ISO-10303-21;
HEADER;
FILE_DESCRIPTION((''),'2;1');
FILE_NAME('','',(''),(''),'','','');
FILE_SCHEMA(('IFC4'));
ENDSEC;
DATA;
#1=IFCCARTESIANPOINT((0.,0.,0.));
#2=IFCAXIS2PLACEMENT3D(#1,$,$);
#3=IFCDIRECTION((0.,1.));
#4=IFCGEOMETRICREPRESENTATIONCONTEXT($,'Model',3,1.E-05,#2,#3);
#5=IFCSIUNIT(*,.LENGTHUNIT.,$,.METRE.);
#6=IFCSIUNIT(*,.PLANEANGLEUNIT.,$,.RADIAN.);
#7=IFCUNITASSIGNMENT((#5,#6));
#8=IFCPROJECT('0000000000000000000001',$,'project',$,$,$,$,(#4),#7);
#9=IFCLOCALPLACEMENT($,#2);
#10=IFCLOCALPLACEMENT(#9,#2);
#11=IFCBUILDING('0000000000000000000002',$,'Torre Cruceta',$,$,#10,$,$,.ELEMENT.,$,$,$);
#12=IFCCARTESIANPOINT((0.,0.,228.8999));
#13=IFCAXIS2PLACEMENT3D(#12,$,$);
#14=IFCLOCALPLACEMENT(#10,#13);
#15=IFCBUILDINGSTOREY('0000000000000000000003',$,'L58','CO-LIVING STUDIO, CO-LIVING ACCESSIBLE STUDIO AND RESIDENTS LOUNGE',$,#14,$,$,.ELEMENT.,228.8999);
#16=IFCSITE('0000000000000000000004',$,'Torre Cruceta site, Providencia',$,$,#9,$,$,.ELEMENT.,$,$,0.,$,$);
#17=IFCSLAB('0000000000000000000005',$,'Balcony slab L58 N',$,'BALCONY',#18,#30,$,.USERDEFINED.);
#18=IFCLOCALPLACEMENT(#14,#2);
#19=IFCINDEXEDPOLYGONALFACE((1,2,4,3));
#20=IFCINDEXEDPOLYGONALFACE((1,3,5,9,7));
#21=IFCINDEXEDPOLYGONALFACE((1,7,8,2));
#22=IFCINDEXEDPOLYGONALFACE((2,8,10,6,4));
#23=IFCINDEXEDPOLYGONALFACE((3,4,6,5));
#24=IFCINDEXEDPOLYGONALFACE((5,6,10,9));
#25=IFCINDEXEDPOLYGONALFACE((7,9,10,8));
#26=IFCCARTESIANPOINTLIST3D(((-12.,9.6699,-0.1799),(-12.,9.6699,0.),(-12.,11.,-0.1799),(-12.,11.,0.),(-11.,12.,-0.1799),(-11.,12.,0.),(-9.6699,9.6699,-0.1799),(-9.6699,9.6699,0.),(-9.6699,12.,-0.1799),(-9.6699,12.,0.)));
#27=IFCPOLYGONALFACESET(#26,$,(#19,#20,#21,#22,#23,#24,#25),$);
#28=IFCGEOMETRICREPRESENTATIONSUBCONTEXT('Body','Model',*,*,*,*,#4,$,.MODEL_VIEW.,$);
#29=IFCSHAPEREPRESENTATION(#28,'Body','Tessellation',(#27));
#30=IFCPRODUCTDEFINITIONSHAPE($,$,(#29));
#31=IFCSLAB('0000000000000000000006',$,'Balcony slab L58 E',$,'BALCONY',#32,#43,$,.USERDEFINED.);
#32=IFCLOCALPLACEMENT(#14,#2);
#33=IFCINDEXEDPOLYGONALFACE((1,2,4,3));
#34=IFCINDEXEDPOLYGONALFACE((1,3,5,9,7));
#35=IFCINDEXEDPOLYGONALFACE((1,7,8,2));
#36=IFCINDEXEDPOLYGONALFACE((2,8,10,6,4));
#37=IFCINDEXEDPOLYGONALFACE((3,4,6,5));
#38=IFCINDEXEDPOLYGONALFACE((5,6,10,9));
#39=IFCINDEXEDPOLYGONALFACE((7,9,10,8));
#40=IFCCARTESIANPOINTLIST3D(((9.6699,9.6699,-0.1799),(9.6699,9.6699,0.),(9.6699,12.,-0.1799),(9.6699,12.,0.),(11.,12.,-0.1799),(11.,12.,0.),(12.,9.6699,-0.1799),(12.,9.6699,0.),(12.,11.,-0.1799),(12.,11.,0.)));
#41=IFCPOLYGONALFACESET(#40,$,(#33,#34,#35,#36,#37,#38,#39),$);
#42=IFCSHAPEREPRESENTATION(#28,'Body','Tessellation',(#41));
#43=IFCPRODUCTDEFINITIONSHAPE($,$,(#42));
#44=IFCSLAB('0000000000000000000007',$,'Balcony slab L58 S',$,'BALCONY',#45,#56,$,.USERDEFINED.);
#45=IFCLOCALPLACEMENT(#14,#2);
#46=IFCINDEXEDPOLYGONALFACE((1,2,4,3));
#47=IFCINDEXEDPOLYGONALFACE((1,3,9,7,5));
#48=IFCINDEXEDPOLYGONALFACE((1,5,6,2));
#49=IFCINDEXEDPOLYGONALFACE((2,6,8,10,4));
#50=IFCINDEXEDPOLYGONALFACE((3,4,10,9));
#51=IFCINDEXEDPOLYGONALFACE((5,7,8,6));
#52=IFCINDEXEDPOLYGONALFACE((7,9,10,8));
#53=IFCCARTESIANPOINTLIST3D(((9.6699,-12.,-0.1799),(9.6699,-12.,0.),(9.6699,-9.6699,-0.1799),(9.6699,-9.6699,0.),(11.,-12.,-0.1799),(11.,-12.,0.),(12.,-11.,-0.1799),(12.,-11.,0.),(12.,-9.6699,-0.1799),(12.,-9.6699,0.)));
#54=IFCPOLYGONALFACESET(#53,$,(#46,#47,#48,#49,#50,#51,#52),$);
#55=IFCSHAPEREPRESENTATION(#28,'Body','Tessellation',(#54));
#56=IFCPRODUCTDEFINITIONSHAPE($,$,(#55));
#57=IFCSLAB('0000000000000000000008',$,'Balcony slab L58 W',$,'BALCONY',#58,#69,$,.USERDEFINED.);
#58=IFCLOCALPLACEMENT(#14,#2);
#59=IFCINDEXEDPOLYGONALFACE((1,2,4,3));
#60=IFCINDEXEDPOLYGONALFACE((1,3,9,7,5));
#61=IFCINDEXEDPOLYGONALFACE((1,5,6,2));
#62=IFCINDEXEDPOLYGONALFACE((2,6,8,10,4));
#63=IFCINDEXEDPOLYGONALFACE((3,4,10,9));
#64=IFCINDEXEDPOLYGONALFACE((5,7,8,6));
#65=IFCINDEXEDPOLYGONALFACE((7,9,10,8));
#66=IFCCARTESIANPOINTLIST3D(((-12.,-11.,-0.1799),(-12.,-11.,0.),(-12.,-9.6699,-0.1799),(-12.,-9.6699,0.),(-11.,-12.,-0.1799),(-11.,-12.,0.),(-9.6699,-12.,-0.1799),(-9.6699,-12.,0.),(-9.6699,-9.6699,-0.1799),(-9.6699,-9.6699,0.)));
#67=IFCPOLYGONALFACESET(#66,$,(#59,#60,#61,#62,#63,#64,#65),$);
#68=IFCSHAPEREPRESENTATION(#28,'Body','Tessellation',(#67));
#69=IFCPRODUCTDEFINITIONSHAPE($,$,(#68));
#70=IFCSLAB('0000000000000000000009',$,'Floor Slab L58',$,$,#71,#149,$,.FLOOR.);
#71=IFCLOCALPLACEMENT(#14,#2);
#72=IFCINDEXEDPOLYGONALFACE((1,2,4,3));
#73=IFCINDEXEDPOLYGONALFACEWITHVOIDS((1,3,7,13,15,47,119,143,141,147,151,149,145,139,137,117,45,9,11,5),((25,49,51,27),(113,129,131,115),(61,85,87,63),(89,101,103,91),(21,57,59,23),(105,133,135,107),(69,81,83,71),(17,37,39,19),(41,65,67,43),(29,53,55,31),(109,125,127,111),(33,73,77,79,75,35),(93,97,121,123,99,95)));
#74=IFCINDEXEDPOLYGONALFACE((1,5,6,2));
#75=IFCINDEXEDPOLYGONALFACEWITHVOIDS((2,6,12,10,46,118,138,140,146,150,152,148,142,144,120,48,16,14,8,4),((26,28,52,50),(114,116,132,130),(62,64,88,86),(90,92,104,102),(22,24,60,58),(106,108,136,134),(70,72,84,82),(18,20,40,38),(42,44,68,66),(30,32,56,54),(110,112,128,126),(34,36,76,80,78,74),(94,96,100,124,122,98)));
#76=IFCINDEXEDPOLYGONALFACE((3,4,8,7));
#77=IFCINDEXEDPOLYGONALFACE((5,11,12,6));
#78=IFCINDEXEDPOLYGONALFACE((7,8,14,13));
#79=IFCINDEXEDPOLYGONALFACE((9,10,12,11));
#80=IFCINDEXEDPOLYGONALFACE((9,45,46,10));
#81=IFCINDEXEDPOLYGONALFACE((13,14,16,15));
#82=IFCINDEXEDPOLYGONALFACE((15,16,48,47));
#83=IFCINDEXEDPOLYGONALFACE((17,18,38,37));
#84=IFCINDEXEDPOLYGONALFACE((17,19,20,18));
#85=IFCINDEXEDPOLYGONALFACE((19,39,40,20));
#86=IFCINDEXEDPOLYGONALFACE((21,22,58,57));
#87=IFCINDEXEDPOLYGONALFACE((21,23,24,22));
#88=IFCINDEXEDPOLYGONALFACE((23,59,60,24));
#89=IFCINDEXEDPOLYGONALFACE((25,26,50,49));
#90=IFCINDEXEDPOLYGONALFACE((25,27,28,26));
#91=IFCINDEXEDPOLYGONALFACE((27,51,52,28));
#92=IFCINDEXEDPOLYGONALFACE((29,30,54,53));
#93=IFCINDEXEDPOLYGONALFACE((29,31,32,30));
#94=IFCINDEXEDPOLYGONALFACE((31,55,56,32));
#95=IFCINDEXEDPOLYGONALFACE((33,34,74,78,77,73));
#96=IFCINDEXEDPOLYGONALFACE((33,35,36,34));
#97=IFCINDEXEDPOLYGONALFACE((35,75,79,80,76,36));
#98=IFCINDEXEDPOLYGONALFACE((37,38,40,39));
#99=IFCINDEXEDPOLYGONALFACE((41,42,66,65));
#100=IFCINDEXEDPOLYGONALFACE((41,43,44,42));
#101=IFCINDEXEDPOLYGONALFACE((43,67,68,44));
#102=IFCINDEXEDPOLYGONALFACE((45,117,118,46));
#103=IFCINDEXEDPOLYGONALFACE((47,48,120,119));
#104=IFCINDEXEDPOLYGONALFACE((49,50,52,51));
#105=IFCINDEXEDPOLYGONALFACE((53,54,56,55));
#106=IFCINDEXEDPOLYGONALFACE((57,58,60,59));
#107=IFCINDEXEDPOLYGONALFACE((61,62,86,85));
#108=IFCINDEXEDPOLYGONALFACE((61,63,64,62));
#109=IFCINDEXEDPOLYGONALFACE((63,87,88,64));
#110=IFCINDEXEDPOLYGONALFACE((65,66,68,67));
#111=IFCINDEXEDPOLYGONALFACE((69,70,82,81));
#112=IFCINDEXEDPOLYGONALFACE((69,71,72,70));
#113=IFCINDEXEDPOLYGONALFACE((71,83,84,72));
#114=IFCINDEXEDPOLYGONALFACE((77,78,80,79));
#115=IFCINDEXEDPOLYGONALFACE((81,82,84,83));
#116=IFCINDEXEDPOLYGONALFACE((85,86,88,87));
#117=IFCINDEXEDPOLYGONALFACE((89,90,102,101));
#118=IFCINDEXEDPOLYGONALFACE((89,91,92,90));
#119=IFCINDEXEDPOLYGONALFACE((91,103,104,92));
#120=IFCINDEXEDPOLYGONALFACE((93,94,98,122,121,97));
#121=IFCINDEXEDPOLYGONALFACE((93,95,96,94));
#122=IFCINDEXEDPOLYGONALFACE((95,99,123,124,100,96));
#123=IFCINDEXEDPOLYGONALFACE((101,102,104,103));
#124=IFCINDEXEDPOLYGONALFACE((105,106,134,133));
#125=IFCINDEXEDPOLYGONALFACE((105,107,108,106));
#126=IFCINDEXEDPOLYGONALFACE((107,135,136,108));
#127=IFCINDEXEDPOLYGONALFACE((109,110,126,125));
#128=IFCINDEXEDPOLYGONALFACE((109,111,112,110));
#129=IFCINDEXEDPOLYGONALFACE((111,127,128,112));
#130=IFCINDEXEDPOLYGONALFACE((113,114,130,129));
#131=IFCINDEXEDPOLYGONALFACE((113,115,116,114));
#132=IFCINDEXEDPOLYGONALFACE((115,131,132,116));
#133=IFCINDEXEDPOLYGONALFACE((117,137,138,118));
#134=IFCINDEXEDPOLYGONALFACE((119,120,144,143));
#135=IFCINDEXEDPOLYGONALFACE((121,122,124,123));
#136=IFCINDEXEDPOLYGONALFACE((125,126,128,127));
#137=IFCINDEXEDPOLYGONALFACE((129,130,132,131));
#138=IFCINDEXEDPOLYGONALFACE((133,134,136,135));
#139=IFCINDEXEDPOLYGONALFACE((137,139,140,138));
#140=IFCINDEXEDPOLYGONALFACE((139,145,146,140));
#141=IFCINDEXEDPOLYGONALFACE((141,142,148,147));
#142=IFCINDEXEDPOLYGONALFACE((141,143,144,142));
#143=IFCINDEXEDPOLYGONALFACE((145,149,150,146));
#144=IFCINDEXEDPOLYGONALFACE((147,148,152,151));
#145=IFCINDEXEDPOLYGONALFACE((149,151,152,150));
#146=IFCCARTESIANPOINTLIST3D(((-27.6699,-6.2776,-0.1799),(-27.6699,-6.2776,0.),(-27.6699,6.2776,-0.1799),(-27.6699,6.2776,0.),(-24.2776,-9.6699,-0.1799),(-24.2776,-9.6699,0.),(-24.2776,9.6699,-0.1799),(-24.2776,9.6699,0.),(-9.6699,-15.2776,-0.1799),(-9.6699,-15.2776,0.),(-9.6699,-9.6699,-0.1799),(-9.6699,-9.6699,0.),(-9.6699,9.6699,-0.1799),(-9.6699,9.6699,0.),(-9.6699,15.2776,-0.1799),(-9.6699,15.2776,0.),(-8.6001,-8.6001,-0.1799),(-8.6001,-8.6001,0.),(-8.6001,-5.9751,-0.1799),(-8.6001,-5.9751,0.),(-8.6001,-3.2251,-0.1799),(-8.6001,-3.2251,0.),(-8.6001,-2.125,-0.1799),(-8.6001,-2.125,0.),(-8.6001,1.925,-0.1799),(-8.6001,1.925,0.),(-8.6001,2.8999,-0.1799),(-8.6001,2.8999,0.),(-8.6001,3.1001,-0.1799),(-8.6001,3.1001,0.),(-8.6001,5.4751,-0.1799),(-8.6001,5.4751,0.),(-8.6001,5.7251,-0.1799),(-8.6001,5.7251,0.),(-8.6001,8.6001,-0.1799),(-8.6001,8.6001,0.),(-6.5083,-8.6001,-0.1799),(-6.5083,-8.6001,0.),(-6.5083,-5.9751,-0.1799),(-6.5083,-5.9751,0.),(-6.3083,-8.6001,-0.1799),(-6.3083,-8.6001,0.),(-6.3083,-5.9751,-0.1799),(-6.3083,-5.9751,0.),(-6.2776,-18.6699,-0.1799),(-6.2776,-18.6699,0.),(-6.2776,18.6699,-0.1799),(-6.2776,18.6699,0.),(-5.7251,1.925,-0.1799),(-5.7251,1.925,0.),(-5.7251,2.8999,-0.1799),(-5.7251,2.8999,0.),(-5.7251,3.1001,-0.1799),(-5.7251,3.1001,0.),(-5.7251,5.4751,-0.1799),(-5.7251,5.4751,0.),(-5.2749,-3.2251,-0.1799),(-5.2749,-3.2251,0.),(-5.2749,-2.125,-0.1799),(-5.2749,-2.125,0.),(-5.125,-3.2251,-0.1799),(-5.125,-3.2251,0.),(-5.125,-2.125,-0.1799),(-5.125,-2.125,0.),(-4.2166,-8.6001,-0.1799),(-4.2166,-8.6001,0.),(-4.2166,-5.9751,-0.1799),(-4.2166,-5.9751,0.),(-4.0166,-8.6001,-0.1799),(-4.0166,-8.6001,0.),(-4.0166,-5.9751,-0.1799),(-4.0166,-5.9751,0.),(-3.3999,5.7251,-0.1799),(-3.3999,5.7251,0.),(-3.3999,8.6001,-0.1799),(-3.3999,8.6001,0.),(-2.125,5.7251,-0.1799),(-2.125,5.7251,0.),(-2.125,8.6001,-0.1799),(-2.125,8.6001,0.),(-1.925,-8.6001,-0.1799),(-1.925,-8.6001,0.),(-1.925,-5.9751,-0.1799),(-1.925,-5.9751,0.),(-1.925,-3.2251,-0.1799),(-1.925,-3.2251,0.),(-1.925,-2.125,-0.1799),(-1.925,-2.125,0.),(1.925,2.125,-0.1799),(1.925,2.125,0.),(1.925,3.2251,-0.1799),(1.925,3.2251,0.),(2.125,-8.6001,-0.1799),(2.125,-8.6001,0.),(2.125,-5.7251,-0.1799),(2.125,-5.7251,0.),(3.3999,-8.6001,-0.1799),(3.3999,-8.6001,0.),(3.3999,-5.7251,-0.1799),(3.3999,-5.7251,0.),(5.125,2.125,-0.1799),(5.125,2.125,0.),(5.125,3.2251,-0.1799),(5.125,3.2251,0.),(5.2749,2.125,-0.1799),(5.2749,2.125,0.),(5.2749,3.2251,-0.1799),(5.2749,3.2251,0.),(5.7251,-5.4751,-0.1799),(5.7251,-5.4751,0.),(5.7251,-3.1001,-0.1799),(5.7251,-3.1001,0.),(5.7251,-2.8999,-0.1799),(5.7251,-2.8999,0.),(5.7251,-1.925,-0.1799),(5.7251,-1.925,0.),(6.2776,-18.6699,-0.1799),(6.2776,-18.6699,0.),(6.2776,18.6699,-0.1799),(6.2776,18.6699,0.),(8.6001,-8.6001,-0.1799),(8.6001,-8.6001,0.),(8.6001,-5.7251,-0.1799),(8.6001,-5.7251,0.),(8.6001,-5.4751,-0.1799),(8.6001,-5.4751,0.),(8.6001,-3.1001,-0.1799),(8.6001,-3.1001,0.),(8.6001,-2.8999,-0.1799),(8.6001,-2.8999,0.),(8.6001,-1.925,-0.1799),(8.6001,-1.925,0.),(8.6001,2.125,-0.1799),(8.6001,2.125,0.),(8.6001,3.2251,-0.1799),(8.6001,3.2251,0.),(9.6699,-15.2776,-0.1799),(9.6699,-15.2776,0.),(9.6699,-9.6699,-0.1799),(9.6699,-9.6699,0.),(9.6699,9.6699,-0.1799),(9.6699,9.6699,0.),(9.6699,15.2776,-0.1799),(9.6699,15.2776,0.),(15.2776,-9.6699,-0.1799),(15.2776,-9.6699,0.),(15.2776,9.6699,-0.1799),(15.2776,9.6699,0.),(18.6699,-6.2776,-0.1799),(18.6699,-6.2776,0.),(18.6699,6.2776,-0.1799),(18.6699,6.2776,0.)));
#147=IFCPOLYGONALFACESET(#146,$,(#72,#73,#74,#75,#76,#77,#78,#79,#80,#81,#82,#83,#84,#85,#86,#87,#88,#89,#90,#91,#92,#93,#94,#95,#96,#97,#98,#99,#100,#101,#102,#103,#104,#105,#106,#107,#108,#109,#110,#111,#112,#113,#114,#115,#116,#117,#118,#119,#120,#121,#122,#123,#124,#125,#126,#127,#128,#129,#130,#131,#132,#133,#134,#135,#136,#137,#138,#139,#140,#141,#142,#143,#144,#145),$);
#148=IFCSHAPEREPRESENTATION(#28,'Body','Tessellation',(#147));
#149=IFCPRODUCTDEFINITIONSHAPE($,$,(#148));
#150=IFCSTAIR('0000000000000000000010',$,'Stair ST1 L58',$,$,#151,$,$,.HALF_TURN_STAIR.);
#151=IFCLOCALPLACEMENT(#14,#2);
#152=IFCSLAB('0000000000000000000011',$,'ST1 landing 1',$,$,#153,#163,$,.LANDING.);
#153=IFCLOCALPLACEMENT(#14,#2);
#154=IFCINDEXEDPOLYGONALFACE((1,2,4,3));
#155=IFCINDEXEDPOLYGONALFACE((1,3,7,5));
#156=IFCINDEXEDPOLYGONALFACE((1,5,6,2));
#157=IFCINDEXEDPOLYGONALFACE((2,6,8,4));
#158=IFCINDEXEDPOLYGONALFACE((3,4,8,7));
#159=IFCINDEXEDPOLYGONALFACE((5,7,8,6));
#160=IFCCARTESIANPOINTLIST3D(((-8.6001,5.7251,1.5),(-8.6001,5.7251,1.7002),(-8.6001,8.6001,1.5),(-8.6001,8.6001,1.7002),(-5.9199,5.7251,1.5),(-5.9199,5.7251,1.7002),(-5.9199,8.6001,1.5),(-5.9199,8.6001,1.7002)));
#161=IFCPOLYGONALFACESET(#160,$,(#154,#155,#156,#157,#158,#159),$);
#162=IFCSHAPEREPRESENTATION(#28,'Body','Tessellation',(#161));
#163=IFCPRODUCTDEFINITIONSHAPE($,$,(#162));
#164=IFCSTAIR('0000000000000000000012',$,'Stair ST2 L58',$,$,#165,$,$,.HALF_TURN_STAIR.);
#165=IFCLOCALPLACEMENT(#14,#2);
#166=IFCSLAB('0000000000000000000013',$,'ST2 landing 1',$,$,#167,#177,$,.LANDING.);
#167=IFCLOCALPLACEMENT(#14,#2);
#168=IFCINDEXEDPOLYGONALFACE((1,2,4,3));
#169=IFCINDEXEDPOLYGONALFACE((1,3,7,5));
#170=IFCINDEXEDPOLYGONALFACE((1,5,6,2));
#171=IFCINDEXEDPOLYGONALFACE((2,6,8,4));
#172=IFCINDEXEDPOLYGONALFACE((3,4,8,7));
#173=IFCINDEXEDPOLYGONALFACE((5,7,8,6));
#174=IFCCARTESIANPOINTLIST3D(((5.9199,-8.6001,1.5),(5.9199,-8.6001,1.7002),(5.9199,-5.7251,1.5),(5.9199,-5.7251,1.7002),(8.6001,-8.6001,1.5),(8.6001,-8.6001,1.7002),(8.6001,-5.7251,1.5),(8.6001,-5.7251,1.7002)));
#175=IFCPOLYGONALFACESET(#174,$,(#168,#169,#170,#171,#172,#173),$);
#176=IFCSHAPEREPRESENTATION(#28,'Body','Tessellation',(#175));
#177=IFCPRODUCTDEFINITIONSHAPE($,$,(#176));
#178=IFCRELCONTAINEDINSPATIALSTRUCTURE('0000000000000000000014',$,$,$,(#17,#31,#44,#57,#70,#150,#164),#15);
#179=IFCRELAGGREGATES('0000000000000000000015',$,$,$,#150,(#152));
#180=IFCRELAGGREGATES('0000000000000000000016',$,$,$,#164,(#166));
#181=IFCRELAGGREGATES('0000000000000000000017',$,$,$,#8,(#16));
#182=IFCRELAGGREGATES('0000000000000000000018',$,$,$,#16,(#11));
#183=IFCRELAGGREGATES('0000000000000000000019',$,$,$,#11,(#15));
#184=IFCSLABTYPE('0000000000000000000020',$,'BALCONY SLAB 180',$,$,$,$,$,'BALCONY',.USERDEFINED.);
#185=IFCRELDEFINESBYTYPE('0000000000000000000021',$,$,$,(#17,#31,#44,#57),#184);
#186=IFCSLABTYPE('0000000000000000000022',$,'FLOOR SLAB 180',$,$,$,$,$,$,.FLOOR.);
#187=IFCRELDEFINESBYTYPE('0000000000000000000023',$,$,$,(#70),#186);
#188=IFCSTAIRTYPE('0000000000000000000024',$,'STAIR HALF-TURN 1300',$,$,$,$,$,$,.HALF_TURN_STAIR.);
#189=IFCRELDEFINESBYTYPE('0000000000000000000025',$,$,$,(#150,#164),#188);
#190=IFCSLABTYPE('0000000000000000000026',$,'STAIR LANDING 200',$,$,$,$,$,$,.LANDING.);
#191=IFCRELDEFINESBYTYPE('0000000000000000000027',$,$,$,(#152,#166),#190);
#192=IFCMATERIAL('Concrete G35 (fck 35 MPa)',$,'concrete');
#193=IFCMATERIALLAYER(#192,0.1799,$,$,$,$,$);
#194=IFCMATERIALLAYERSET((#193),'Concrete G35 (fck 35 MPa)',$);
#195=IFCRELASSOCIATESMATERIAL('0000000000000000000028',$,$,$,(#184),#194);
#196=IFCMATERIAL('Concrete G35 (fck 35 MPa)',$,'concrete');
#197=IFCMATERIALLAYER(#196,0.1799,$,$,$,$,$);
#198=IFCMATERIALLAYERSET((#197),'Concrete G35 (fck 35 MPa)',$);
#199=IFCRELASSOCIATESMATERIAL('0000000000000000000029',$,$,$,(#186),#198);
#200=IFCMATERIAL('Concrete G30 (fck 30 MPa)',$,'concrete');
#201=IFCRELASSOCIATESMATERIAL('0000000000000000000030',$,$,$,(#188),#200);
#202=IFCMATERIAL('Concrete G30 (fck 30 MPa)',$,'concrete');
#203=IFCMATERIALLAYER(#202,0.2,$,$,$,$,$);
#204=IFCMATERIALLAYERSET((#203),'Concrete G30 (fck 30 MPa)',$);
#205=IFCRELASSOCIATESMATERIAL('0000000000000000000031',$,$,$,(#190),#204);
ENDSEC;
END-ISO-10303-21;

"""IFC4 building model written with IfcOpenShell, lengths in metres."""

from ifc_helpers import new_model, si_unit, direction, frame, origin, place, context, subcontext, project, spatial, polyline, outline, extrude, material, layer, layer_set, type_object, element, aggregate, save


model = new_model("IFC4")

# Units and contexts
model_context = context("Model", 3, precision=1e-05, world=origin(), true_north=direction((0.0, 1.0)))
body_context = subcontext(model_context, "Body", "Model", "MODEL_VIEW")
ifc_project = project(units=[si_unit("LENGTHUNIT", "METRE"), si_unit("PLANEANGLEUNIT", "RADIAN")], contexts=[model_context])

# Site, building, storey
site_placement = place(None, origin())
site = spatial("IfcSite", under=ifc_project, at=site_placement, Name="Torre Cruceta site, Providencia", CompositionType="ELEMENT", RefElevation=0.0)
building_placement = place(site_placement, origin())
building = spatial("IfcBuilding", under=site, at=building_placement, Name="Torre Cruceta", CompositionType="ELEMENT")
storey_placement = place(building_placement, frame((0.0, 0.0, 228.8999)))
storey = spatial("IfcBuildingStorey", under=building, at=storey_placement, Name="L58", Description="CO-LIVING STUDIO, CO-LIVING ACCESSIBLE STUDIO AND RESIDENTS LOUNGE", CompositionType="ELEMENT", Elevation=228.8999)

# Slabs
ifc_material_1 = material(Name="Concrete G35 (fck 35 MPa)", Category="concrete")
ifc_layer_1 = layer(ifc_material_1, 0.1799)
ifc_layer_set_1 = layer_set([ifc_layer_1], Name="Concrete G35 (fck 35 MPa)")
slab_type_1 = type_object("IfcSlabType", Name="BALCONY SLAB 180", ElementType="BALCONY", PredefinedType="USERDEFINED", material=ifc_layer_set_1)
slab_1_placement = place(storey_placement, frame((0.0, 0.0, -0.1799)))
element("IfcSlab", 1, at=slab_1_placement, inside=storey, type_object=slab_type_1, Name="Balcony slab L58 N", ObjectType="BALCONY", PredefinedType="USERDEFINED", context=body_context, shape_type="SweptSolid", body=[
    extrude(outline(polyline([(-12.0, 11.0), (-11.0, 12.0), (-9.6699, 12.0), (-9.6699, 9.6699), (-12.0, 9.6699), (-12.0, 11.0)])), origin(), (0.0, 0.0, 1.0), 0.1799),
])
slab_2_placement = place(storey_placement, frame((0.0, 0.0, -0.1799)))
element("IfcSlab", 2, at=slab_2_placement, inside=storey, type_object=slab_type_1, Name="Balcony slab L58 E", ObjectType="BALCONY", PredefinedType="USERDEFINED", context=body_context, shape_type="SweptSolid", body=[
    extrude(outline(polyline([(11.0, 12.0), (12.0, 11.0), (12.0, 9.6699), (9.6699, 9.6699), (9.6699, 12.0), (11.0, 12.0)])), origin(), (0.0, 0.0, 1.0), 0.1799),
])
slab_3_placement = place(storey_placement, frame((0.0, 0.0, -0.1799)))
element("IfcSlab", 3, at=slab_3_placement, inside=storey, type_object=slab_type_1, Name="Balcony slab L58 S", ObjectType="BALCONY", PredefinedType="USERDEFINED", context=body_context, shape_type="SweptSolid", body=[
    extrude(outline(polyline([(12.0, -11.0), (11.0, -12.0), (9.6699, -12.0), (9.6699, -9.6699), (12.0, -9.6699), (12.0, -11.0)])), origin(), (0.0, 0.0, 1.0), 0.1799),
])
slab_4_placement = place(storey_placement, frame((0.0, 0.0, -0.1799)))
element("IfcSlab", 4, at=slab_4_placement, inside=storey, type_object=slab_type_1, Name="Balcony slab L58 W", ObjectType="BALCONY", PredefinedType="USERDEFINED", context=body_context, shape_type="SweptSolid", body=[
    extrude(outline(polyline([(-11.0, -12.0), (-12.0, -11.0), (-12.0, -9.6699), (-9.6699, -9.6699), (-9.6699, -12.0), (-11.0, -12.0)])), origin(), (0.0, 0.0, 1.0), 0.1799),
])
ifc_material_2 = material(Name="Concrete G35 (fck 35 MPa)", Category="concrete")
ifc_layer_2 = layer(ifc_material_2, 0.1799)
ifc_layer_set_2 = layer_set([ifc_layer_2], Name="Concrete G35 (fck 35 MPa)")
slab_type_2 = type_object("IfcSlabType", Name="FLOOR SLAB 180", PredefinedType="FLOOR", material=ifc_layer_set_2)
slab_5_placement = place(storey_placement, frame((0.0, 0.0, -0.1799)))
element("IfcSlab", 5, at=slab_5_placement, inside=storey, type_object=slab_type_2, Name="Floor Slab L58", PredefinedType="FLOOR", context=body_context, shape_type="SweptSolid", body=[
    extrude(outline(polyline([(9.6699, -9.6699), (9.6699, -15.2776), (6.2776, -18.6699), (-6.2776, -18.6699), (-9.6699, -15.2776), (-9.6699, -9.6699), (-24.2776, -9.6699), (-27.6699, -6.2776), (-27.6699, 6.2776), (-24.2776, 9.6699), (-9.6699, 9.6699), (-9.6699, 15.2776), (-6.2776, 18.6699), (6.2776, 18.6699), (9.6699, 15.2776), (9.6699, 9.6699), (15.2776, 9.6699), (18.6699, 6.2776), (18.6699, -6.2776), (15.2776, -9.6699), (9.6699, -9.6699)]), holes=[polyline([(1.925, 2.125), (5.125, 2.125), (5.125, 3.2251), (1.925, 3.2251), (1.925, 2.125)]), polyline([(5.2749, 2.125), (8.6001, 2.125), (8.6001, 3.2251), (5.2749, 3.2251), (5.2749, 2.125)]), polyline([(-8.6001, 3.1001), (-5.7251, 3.1001), (-5.7251, 5.4751), (-8.6001, 5.4751), (-8.6001, 3.1001)]), polyline([(-8.6001, 1.925), (-5.7251, 1.925), (-5.7251, 2.8999), (-8.6001, 2.8999), (-8.6001, 1.925)]), polyline([(-4.0166, -8.6001), (-1.925, -8.6001), (-1.925, -5.9751), (-4.0166, -5.9751), (-4.0166, -8.6001)]), polyline([(-6.3083, -8.6001), (-4.2166, -8.6001), (-4.2166, -5.9751), (-6.3083, -5.9751), (-6.3083, -8.6001)]), polyline([(-8.6001, -8.6001), (-6.5083, -8.6001), (-6.5083, -5.9751), (-8.6001, -5.9751), (-8.6001, -8.6001)]), polyline([(-5.125, -3.2251), (-1.925, -3.2251), (-1.925, -2.125), (-5.125, -2.125), (-5.125, -3.2251)]), polyline([(-8.6001, -3.2251), (-5.2749, -3.2251), (-5.2749, -2.125), (-8.6001, -2.125), (-8.6001, -3.2251)]), polyline([(5.7251, -5.4751), (8.6001, -5.4751), (8.6001, -3.1001), (5.7251, -3.1001), (5.7251, -5.4751)]), polyline([(5.7251, -2.8999), (8.6001, -2.8999), (8.6001, -1.925), (5.7251, -1.925), (5.7251, -2.8999)]), polyline([(-8.6001, 5.7251), (-8.6001, 8.6001), (-3.3999, 8.6001), (-2.125, 8.6001), (-2.125, 5.7251), (-3.3999, 5.7251), (-8.6001, 5.7251)]), polyline([(2.125, -5.7251), (3.3999, -5.7251), (8.6001, -5.7251), (8.6001, -8.6001), (3.3999, -8.6001), (2.125, -8.6001), (2.125, -5.7251)])]), origin(), (0.0, 0.0, 1.0), 0.1799),
])

# Stairs, slabs
ifc_material_3 = material(Name="Concrete G30 (fck 30 MPa)", Category="concrete")
stair_type = type_object("IfcStairType", Name="STAIR HALF-TURN 1300", PredefinedType="HALF_TURN_STAIR", material=ifc_material_3)
stair_1_placement = place(storey_placement, origin())
stair_1 = element("IfcStair", 6, at=stair_1_placement, inside=storey, type_object=stair_type, Name="Stair ST1 L58", PredefinedType="HALF_TURN_STAIR")
ifc_material_4 = material(Name="Concrete G30 (fck 30 MPa)", Category="concrete")
ifc_layer_3 = layer(ifc_material_4, 0.2)
ifc_layer_set_3 = layer_set([ifc_layer_3], Name="Concrete G30 (fck 30 MPa)")
slab_type_3 = type_object("IfcSlabType", Name="STAIR LANDING 200", PredefinedType="LANDING", material=ifc_layer_set_3)
slab_6_placement = place(storey_placement, frame((0.0, 0.0, 1.5)))
slab_6 = element("IfcSlab", 7, at=slab_6_placement, type_object=slab_type_3, Name="ST1 landing 1", PredefinedType="LANDING", context=body_context, shape_type="SweptSolid", body=[
    extrude(outline(polyline([(-8.6001, 5.7251), (-5.9199, 5.7251), (-5.9199, 8.6001), (-8.6001, 8.6001), (-8.6001, 5.7251)])), origin(), (0.0, 0.0, 1.0), 0.2002),
])
aggregate(stair_1, [slab_6])
stair_2_placement = place(storey_placement, origin())
stair_2 = element("IfcStair", 8, at=stair_2_placement, inside=storey, type_object=stair_type, Name="Stair ST2 L58", PredefinedType="HALF_TURN_STAIR")
slab_7_placement = place(storey_placement, frame((0.0, 0.0, 1.5)))
slab_7 = element("IfcSlab", 9, at=slab_7_placement, type_object=slab_type_3, Name="ST2 landing 1", PredefinedType="LANDING", context=body_context, shape_type="SweptSolid", body=[
    extrude(outline(polyline([(5.9199, -8.6001), (8.6001, -8.6001), (8.6001, -5.7251), (5.9199, -5.7251), (5.9199, -8.6001)])), origin(), (0.0, 0.0, 1.0), 0.2002),
])

aggregate(stair_2, [slab_7])

save(model, "model.ifc")
